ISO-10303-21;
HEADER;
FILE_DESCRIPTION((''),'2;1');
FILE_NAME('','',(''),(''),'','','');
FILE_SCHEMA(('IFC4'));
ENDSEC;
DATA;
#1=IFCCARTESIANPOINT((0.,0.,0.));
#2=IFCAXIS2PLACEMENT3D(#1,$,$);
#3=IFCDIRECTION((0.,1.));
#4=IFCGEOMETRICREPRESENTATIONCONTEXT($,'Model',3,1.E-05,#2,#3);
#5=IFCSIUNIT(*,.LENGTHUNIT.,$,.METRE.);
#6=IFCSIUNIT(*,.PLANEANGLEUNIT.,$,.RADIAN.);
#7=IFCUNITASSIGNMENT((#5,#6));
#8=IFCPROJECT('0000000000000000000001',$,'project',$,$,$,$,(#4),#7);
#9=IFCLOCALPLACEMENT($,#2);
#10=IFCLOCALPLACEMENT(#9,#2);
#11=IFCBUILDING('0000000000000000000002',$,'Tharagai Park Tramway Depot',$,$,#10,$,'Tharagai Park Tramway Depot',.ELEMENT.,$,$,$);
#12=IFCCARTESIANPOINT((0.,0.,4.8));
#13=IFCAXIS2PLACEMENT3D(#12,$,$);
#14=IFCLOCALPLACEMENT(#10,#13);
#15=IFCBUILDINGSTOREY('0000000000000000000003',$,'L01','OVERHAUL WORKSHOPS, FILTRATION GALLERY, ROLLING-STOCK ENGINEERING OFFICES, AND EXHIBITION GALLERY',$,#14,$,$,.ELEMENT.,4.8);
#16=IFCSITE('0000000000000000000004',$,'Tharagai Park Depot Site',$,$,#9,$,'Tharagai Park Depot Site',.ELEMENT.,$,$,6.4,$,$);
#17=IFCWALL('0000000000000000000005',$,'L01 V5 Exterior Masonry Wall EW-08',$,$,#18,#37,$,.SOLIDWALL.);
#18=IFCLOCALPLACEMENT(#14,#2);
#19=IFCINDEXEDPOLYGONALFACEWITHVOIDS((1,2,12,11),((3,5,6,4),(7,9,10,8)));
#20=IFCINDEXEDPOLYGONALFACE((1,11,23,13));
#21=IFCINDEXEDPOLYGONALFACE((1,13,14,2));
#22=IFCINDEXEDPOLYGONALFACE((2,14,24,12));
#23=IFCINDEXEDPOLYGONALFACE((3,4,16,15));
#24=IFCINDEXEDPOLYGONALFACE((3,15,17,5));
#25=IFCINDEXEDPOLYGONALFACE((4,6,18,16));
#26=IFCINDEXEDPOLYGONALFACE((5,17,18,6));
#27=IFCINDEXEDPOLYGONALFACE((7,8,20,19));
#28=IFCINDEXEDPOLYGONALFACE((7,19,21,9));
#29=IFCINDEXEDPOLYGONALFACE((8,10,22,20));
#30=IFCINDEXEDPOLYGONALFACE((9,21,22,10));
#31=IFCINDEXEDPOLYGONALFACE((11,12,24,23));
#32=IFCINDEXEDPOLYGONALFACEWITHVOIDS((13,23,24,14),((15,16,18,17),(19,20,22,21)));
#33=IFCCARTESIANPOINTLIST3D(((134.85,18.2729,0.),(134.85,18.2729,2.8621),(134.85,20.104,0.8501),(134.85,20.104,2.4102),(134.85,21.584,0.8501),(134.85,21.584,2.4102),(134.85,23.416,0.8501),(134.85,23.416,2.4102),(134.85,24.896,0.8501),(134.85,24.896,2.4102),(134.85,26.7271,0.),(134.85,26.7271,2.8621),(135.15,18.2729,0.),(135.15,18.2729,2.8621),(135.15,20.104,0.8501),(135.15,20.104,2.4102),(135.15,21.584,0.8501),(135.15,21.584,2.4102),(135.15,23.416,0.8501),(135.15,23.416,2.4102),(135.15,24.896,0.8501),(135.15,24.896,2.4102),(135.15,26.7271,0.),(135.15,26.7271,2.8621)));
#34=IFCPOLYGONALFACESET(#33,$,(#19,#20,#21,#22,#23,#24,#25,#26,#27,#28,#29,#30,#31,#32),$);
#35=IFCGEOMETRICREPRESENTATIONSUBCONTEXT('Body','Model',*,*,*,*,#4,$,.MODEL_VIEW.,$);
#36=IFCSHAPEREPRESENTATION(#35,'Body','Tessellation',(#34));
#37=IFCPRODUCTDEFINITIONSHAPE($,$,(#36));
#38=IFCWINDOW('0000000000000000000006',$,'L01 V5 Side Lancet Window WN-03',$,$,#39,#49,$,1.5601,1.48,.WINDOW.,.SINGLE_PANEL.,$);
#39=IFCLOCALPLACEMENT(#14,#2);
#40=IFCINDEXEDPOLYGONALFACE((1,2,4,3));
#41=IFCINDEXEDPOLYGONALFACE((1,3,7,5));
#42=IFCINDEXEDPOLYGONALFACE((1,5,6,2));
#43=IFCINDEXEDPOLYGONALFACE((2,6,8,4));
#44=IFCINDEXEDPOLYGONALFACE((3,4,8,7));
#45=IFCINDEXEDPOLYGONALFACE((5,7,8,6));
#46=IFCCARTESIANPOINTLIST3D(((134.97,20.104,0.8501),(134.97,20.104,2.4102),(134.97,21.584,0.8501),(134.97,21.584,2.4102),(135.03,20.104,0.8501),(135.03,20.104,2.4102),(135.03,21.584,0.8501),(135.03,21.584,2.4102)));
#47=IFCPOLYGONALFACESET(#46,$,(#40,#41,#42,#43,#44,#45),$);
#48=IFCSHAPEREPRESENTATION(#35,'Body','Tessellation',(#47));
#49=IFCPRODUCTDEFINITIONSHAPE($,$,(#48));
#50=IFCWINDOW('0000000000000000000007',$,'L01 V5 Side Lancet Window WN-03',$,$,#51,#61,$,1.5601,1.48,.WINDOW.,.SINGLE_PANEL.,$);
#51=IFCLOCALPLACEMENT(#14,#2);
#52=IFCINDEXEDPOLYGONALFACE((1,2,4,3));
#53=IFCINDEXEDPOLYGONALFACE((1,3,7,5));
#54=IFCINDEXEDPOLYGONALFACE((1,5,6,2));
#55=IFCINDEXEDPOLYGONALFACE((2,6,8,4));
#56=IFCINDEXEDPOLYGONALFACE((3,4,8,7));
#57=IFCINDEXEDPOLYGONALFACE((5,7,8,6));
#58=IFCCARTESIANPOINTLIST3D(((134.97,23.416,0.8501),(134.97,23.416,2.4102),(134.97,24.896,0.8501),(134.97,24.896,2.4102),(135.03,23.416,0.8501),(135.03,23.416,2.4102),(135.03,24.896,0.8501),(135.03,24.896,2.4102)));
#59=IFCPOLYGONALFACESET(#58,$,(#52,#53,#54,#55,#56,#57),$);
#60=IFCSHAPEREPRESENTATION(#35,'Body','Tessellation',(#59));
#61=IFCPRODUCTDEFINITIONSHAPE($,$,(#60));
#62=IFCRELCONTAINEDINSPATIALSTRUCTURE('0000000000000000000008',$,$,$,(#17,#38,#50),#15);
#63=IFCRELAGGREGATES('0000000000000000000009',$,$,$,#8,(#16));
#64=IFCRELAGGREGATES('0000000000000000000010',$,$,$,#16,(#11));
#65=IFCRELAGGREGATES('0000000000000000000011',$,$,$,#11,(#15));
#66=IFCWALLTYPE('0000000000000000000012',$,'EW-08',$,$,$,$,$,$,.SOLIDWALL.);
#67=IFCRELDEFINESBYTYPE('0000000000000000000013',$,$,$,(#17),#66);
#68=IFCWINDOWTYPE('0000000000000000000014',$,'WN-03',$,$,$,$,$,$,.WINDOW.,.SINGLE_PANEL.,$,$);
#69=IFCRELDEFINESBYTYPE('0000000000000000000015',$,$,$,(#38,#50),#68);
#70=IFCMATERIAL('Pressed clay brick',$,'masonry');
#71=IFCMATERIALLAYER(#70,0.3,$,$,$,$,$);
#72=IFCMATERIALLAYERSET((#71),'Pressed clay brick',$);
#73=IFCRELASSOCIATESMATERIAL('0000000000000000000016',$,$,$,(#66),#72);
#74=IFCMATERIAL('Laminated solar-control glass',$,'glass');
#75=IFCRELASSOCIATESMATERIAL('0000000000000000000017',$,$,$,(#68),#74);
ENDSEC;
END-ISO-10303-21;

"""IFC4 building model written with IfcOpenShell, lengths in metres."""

from ifc_helpers import new_model, si_unit, direction, frame, frame_2d, origin, place, context, subcontext, project, spatial, rectangle, extrude, material, layer, layer_set, type_object, element, fill, save


model = new_model("IFC4")

# Units and contexts
model_context = context("Model", 3, precision=1e-05, world=origin(), true_north=direction((0.0, 1.0)))
body_context = subcontext(model_context, "Body", "Model", "MODEL_VIEW")
ifc_project = project(units=[si_unit("LENGTHUNIT", "METRE"), si_unit("PLANEANGLEUNIT", "RADIAN")], contexts=[model_context])

# Site, building, storey
site_placement = place(None, origin())
site = spatial("IfcSite", under=ifc_project, at=site_placement, Name="Tharagai Park Depot Site", LongName="Tharagai Park Depot Site", CompositionType="ELEMENT", RefElevation=6.4)
building_placement = place(site_placement, origin())
building = spatial("IfcBuilding", under=site, at=building_placement, Name="Tharagai Park Tramway Depot", LongName="Tharagai Park Tramway Depot", CompositionType="ELEMENT")
storey_placement = place(building_placement, frame((0.0, 0.0, 4.8)))
storey = spatial("IfcBuildingStorey", under=building, at=storey_placement, Name="L01", Description="OVERHAUL WORKSHOPS, FILTRATION GALLERY, ROLLING-STOCK ENGINEERING OFFICES, AND EXHIBITION GALLERY", CompositionType="ELEMENT", Elevation=4.8)

# Shared definitions
ifc_material_1 = material(Name="Laminated solar-control glass", Category="glass")

# Wall, openings, windows
ifc_material_2 = material(Name="Pressed clay brick", Category="masonry")
ifc_layer_1 = layer(ifc_material_2, 0.3)
ifc_layer_set_1 = layer_set([ifc_layer_1], Name="Pressed clay brick")
wall_type_1 = type_object("IfcWallType", Name="EW-08", PredefinedType="SOLIDWALL", material=ifc_layer_set_1)
wall_1_placement = place(storey_placement, frame((135.0, 18.2729, 0.0), z_axis=(0.0, 0.0, 1.0), x_axis=(0.0, 1.0, 0.0)))
wall_1 = element("IfcWall", 1, at=wall_1_placement, inside=storey, type_object=wall_type_1, Name="L01 V5 Exterior Masonry Wall EW-08", PredefinedType="SOLIDWALL", context=body_context, shape_type="SweptSolid", body=[
    extrude(rectangle(XDim=8.4541, YDim=0.3, at=frame_2d((4.2271, 0.0))), origin(), (0.0, 0.0, 1.0), 2.8621),
])
opening_1_placement = place(wall_1_placement, frame((1.8311, 0.0, 0.8501)))
opening_1 = element("IfcOpeningElement", 2, at=opening_1_placement, cuts=wall_1, PredefinedType="OPENING", context=body_context, shape_type="SweptSolid", body=[
    extrude(rectangle(XDim=1.48, YDim=1.5601, at=frame_2d((0.74, 0.78))), frame((0.0, 0.1599, 0.0), z_axis=(0.0, -1.0, 0.0), x_axis=(1.0, 0.0, 0.0)), (0.0, 0.0, 1.0), 0.3201),
])
opening_2_placement = place(wall_1_placement, frame((5.1431, 0.0, 0.8501)))
opening_2 = element("IfcOpeningElement", 3, at=opening_2_placement, cuts=wall_1, PredefinedType="OPENING", context=body_context, shape_type="SweptSolid", body=[
    extrude(rectangle(XDim=1.48, YDim=1.5601, at=frame_2d((0.74, 0.78))), frame((0.0, 0.1599, 0.0), z_axis=(0.0, -1.0, 0.0), x_axis=(1.0, 0.0, 0.0)), (0.0, 0.0, 1.0), 0.3201),
])
window_type_1 = type_object("IfcWindowType", Name="WN-03", PartitioningType="SINGLE_PANEL", PredefinedType="WINDOW", material=ifc_material_1)
window_1_placement = place(opening_1_placement, origin())
window_1 = element("IfcWindow", 4, at=window_1_placement, inside=storey, type_object=window_type_1, Name="L01 V5 Side Lancet Window WN-03", OverallHeight=1.5601, OverallWidth=1.48, PartitioningType="SINGLE_PANEL", PredefinedType="WINDOW", context=body_context, shape_type="SweptSolid", body=[
    extrude(rectangle(XDim=1.48, YDim=1.5601, at=frame_2d((0.74, 0.78))), frame((0.0, 0.03, 0.0), z_axis=(0.0, -1.0, 0.0), x_axis=(1.0, 0.0, 0.0)), (0.0, 0.0, 1.0), 0.0601),
])
fill(opening_1, window_1)
window_2_placement = place(opening_2_placement, origin())
window_2 = element("IfcWindow", 5, at=window_2_placement, inside=storey, type_object=window_type_1, Name="L01 V5 Side Lancet Window WN-03", OverallHeight=1.5601, OverallWidth=1.48, PartitioningType="SINGLE_PANEL", PredefinedType="WINDOW", context=body_context, shape_type="SweptSolid", body=[
    extrude(rectangle(XDim=1.48, YDim=1.5601, at=frame_2d((0.74, 0.78))), frame((0.0, 0.03, 0.0), z_axis=(0.0, -1.0, 0.0), x_axis=(1.0, 0.0, 0.0)), (0.0, 0.0, 1.0), 0.0601),
])
fill(opening_2, window_2)

save(model, "model.ifc")
